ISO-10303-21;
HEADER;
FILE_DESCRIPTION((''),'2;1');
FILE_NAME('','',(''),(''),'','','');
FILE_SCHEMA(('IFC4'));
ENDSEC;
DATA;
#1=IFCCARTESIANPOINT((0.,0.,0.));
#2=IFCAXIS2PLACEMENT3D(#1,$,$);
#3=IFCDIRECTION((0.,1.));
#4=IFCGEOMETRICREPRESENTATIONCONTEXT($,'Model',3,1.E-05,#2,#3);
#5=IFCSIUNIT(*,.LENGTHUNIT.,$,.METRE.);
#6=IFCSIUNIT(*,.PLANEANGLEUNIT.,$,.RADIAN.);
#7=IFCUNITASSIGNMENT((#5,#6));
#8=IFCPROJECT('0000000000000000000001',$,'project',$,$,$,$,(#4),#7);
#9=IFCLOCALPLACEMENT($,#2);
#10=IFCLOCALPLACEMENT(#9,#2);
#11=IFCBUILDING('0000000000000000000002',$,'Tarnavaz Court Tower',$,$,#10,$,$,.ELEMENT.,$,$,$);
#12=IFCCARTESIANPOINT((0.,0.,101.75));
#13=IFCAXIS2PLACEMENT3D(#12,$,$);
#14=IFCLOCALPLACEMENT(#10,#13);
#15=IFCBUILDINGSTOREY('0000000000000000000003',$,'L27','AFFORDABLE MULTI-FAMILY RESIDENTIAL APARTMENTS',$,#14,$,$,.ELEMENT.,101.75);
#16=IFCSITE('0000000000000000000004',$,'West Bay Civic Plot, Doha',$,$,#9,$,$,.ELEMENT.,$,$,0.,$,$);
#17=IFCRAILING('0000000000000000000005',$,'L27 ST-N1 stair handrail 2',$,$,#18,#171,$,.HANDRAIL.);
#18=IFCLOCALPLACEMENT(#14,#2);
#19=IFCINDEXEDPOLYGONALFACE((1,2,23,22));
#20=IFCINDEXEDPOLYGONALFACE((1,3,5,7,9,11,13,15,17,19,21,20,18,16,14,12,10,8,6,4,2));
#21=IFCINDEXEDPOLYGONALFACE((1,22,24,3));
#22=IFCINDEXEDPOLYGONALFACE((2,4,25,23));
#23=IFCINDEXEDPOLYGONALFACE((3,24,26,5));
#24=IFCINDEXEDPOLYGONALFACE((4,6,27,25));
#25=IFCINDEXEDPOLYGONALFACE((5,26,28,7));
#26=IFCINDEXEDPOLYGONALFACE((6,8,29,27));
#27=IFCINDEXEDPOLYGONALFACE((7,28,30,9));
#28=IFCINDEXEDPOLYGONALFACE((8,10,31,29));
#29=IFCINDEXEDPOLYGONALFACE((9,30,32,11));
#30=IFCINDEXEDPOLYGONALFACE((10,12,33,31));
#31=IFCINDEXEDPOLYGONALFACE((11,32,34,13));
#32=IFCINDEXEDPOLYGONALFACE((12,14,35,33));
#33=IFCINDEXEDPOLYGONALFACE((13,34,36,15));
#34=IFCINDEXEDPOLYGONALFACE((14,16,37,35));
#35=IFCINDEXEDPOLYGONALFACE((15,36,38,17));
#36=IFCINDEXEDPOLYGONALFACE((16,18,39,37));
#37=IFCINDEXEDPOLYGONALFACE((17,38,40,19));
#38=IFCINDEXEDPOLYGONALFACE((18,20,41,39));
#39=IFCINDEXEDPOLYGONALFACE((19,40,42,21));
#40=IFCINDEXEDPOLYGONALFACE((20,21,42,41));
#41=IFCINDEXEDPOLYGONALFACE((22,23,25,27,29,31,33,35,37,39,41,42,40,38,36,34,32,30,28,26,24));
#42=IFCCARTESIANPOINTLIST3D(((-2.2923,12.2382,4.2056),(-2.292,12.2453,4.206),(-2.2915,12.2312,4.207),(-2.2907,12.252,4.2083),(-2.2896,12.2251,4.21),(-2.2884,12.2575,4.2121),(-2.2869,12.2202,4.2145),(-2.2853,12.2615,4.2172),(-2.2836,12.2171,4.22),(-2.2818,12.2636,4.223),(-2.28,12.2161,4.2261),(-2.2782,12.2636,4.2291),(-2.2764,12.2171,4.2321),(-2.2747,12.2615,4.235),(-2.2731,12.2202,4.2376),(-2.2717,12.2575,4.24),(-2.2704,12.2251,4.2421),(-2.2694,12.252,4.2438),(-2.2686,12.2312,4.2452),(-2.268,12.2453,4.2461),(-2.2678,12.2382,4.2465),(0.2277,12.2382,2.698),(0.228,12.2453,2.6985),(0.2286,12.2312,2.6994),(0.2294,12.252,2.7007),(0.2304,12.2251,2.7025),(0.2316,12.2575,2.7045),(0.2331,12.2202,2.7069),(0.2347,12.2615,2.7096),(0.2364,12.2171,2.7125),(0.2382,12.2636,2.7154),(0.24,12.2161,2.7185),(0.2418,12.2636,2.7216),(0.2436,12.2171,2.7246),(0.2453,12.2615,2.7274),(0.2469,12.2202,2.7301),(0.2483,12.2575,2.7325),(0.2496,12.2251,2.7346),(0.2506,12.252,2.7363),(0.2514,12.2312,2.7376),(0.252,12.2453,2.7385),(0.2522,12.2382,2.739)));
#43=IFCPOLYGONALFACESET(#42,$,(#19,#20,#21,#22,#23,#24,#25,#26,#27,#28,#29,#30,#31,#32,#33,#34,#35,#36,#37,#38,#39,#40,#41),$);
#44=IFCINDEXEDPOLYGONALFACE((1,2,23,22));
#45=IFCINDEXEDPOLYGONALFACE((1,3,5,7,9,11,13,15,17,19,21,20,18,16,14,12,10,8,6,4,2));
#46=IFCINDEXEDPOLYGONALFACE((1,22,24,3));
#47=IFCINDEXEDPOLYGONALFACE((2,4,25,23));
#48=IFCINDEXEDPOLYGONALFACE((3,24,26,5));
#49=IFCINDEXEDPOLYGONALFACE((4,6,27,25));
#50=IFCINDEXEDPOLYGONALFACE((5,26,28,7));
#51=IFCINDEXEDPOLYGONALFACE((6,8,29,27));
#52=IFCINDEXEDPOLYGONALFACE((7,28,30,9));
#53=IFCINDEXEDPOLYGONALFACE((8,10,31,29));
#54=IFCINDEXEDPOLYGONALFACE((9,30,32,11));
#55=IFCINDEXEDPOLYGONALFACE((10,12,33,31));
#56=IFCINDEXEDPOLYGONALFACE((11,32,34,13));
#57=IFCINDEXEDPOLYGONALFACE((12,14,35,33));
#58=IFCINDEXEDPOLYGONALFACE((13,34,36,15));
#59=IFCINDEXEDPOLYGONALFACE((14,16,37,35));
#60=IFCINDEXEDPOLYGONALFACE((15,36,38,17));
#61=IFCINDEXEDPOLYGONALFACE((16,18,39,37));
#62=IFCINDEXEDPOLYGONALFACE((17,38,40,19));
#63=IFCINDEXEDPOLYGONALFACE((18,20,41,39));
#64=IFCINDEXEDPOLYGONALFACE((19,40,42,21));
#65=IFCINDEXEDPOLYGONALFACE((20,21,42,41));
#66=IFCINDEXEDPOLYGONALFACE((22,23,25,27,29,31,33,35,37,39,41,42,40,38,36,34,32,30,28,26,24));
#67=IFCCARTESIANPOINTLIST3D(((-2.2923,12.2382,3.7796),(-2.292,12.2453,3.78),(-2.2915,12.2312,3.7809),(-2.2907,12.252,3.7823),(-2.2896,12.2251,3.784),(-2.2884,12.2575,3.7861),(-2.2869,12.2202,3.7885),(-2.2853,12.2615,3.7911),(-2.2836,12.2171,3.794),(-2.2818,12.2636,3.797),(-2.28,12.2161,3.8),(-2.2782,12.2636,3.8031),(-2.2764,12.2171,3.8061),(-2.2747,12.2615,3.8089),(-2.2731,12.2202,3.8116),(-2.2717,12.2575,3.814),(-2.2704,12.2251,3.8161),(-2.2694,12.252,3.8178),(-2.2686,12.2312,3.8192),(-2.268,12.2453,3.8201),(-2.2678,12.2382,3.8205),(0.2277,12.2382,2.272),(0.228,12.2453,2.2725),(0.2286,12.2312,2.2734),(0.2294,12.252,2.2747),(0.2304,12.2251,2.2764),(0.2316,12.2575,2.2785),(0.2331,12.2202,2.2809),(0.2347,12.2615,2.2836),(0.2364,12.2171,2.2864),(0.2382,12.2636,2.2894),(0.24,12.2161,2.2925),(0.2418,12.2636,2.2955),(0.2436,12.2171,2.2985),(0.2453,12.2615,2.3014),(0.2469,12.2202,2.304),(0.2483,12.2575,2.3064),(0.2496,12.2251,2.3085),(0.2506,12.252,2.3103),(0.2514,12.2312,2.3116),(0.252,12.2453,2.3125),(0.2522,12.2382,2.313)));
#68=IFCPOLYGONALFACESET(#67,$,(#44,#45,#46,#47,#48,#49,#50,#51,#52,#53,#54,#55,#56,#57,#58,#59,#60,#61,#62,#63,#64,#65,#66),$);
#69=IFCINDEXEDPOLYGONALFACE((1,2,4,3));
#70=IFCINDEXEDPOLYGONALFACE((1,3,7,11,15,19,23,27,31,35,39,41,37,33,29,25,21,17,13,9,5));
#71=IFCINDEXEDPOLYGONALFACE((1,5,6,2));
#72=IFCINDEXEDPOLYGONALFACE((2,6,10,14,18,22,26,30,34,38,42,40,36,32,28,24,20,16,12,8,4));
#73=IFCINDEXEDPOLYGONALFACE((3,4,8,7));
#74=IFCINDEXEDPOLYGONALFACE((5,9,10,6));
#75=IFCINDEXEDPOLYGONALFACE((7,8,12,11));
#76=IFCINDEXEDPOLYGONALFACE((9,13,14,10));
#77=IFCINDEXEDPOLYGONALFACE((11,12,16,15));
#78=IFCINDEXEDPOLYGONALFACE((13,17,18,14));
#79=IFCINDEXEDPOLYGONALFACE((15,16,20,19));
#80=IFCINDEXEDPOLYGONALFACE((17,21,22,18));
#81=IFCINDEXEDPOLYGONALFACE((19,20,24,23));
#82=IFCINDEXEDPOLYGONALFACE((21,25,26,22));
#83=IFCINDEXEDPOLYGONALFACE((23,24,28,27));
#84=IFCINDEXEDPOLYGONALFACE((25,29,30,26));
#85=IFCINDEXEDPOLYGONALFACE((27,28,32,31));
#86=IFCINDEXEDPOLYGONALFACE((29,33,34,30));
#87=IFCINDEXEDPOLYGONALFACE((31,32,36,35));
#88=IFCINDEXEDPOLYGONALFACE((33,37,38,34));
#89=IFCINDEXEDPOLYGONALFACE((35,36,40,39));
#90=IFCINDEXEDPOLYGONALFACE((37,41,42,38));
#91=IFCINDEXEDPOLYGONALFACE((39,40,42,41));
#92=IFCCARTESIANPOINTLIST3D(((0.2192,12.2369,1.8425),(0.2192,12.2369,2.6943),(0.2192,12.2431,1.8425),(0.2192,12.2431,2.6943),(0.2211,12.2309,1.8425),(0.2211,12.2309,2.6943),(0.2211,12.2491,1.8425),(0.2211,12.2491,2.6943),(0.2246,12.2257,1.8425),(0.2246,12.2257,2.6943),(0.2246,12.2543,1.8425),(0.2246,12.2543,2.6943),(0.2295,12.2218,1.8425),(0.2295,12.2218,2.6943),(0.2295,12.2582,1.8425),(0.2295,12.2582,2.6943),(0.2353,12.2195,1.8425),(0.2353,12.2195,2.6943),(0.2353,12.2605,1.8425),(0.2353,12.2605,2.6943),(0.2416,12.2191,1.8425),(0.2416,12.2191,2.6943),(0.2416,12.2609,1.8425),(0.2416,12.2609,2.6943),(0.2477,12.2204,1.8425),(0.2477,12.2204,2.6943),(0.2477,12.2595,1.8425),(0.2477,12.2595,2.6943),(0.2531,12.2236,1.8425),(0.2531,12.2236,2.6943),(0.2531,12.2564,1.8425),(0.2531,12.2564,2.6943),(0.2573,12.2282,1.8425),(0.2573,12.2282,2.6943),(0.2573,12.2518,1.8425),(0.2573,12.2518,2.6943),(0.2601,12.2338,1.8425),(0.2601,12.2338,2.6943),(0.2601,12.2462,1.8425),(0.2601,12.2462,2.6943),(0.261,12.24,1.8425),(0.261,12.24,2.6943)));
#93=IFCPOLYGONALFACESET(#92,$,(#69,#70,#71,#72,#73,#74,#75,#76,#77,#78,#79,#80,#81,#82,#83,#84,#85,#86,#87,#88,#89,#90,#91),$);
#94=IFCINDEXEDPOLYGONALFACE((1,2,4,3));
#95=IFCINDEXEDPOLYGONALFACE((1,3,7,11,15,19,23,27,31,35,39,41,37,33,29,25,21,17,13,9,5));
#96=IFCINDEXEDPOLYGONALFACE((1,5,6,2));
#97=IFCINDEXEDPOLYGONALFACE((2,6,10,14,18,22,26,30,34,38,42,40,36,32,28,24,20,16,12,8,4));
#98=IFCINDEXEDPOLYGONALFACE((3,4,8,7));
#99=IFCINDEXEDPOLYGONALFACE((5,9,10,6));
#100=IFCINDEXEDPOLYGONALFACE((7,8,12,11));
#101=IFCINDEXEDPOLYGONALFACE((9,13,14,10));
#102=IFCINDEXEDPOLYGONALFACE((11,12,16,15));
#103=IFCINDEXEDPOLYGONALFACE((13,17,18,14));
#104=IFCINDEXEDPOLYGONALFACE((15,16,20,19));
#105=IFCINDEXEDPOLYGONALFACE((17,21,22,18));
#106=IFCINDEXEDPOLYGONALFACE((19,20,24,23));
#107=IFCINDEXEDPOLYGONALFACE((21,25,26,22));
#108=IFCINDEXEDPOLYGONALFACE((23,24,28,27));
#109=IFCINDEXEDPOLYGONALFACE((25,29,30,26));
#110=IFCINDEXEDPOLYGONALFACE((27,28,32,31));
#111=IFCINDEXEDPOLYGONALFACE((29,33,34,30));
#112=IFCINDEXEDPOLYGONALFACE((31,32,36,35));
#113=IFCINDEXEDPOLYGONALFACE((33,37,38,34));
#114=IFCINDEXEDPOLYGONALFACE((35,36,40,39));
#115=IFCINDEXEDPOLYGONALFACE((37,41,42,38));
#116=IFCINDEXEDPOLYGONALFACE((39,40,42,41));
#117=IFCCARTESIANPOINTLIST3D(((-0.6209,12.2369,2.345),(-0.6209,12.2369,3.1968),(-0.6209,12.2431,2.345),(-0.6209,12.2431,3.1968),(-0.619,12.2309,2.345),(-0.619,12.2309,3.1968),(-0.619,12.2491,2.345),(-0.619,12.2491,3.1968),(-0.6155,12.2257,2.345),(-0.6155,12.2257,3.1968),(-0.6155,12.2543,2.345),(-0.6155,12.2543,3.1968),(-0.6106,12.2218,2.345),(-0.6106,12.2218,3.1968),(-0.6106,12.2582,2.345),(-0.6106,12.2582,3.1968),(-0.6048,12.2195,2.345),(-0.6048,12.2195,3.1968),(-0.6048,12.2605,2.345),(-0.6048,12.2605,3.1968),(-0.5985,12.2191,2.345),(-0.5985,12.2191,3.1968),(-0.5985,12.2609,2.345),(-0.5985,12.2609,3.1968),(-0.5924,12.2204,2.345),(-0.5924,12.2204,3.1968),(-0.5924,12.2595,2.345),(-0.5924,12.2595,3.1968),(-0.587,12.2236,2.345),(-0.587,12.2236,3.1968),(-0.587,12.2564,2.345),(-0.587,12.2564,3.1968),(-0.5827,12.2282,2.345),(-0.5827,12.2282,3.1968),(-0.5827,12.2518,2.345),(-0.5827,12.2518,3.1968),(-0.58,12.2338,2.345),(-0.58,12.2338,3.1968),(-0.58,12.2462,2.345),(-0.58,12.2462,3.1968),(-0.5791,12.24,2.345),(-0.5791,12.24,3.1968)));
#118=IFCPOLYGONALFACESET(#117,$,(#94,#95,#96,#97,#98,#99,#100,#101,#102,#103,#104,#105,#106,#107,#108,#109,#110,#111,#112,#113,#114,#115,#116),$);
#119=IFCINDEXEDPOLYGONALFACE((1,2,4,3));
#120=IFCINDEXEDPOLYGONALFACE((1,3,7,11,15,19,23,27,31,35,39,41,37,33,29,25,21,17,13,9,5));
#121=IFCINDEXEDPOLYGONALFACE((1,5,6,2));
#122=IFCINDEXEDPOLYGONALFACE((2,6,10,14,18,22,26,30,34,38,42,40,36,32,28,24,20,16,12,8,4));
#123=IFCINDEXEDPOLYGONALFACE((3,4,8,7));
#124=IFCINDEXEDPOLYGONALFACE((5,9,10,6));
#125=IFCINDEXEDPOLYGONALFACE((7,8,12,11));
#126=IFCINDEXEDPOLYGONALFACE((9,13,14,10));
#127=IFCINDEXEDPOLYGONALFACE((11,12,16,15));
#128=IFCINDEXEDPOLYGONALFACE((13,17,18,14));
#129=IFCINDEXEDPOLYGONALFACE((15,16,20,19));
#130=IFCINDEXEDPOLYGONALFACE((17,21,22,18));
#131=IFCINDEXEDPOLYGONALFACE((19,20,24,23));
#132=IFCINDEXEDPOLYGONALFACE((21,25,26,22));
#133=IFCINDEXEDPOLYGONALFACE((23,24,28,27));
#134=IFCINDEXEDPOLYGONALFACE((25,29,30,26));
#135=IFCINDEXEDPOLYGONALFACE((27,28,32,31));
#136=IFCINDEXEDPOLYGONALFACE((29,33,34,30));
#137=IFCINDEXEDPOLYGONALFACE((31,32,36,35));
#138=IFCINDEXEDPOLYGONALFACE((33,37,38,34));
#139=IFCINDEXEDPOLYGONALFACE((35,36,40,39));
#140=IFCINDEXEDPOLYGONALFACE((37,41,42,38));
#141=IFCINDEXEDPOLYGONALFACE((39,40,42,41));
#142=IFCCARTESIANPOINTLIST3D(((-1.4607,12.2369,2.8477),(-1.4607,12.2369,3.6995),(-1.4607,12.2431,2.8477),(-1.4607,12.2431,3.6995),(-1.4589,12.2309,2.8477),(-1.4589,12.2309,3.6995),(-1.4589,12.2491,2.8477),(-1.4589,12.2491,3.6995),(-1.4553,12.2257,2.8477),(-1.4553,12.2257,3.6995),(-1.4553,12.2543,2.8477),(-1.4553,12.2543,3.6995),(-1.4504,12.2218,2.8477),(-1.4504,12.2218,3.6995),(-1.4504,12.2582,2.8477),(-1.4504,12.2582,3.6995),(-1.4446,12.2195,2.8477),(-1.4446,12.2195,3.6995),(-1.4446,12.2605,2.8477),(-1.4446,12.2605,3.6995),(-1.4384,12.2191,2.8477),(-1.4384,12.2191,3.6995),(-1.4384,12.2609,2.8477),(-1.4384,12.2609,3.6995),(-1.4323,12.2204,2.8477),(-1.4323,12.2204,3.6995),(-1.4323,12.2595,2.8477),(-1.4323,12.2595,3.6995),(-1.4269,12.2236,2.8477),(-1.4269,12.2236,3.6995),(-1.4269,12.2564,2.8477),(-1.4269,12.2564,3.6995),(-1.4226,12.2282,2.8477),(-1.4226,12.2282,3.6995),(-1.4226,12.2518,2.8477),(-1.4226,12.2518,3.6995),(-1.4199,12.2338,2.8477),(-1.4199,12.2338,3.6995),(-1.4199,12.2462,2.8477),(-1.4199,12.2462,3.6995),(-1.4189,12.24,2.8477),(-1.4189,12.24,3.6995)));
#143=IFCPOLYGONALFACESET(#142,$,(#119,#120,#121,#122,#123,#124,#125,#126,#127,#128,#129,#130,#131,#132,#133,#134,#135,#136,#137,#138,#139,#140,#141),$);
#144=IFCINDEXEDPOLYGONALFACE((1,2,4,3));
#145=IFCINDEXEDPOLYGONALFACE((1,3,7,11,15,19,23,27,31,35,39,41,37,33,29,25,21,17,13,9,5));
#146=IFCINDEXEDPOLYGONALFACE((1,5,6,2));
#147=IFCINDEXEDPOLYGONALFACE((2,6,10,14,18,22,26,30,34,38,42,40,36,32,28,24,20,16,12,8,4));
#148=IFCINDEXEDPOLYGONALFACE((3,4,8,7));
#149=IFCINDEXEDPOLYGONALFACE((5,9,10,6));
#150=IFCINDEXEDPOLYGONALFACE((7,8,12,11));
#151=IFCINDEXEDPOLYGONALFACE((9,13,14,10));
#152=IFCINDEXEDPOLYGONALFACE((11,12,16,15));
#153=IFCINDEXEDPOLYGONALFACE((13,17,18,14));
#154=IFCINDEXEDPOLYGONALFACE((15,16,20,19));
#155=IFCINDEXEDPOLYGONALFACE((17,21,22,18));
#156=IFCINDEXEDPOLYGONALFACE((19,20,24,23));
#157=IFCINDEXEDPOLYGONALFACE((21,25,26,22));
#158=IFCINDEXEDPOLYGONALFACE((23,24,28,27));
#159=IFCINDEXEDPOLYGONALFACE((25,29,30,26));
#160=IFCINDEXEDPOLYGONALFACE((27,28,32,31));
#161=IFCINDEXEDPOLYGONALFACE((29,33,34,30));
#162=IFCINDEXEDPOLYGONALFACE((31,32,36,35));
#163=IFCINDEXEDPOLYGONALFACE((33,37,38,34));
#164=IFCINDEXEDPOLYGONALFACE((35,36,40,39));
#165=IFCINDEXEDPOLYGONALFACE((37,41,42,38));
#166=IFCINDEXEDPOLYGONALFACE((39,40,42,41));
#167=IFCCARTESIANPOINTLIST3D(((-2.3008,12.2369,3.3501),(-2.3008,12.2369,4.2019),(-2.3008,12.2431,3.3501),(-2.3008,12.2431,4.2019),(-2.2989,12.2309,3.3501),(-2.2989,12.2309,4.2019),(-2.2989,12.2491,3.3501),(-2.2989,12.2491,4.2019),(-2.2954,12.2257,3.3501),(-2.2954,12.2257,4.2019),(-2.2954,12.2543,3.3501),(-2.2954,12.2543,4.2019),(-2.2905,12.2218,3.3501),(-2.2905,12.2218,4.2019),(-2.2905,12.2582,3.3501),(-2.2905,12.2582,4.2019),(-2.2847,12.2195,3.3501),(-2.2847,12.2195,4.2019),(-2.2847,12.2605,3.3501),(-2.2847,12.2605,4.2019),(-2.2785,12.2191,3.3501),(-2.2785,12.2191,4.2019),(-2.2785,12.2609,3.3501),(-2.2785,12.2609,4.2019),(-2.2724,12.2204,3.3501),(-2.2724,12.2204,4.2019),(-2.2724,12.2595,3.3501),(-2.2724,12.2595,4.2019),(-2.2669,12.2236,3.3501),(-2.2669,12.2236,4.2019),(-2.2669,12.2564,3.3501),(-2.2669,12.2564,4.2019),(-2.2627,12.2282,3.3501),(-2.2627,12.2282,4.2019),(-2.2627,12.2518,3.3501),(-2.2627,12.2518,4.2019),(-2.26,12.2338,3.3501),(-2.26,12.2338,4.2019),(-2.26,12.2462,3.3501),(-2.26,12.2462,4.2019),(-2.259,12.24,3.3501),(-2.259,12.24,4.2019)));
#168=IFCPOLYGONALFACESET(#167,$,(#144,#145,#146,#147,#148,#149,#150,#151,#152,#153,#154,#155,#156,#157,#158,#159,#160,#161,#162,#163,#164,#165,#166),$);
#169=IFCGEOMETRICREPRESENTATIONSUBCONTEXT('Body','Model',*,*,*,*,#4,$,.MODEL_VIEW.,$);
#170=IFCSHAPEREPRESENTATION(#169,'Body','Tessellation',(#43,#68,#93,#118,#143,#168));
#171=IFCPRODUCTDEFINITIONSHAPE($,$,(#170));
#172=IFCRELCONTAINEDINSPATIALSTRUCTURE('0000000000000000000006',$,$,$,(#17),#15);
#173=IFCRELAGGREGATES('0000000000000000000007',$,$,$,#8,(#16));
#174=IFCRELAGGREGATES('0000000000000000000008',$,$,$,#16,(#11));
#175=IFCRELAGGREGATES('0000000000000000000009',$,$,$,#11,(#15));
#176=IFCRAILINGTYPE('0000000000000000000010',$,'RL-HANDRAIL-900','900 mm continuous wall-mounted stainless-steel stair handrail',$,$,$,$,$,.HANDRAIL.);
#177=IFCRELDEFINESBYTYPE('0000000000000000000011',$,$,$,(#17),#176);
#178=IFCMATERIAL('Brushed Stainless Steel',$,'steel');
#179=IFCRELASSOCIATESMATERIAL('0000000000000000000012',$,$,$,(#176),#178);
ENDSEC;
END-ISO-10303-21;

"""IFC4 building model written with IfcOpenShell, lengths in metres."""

from ifc_helpers import new_model, si_unit, direction, frame, origin, origin_2d, place, context, subcontext, project, spatial, circle, extrude, material, type_object, element, save


model = new_model("IFC4")

# Units and contexts
model_context = context("Model", 3, precision=1e-05, world=origin(), true_north=direction((0.0, 1.0)))
body_context = subcontext(model_context, "Body", "Model", "MODEL_VIEW")
ifc_project = project(units=[si_unit("LENGTHUNIT", "METRE"), si_unit("PLANEANGLEUNIT", "RADIAN")], contexts=[model_context])

# Site, building, storey
site_placement = place(None, origin())
site = spatial("IfcSite", under=ifc_project, at=site_placement, Name="West Bay Civic Plot, Doha", CompositionType="ELEMENT", RefElevation=0.0)
building_placement = place(site_placement, origin())
building = spatial("IfcBuilding", under=site, at=building_placement, Name="Tarnavaz Court Tower", CompositionType="ELEMENT")
storey_placement = place(building_placement, frame((0.0, 0.0, 101.75)))
storey = spatial("IfcBuildingStorey", under=building, at=storey_placement, Name="L27", Description="AFFORDABLE MULTI-FAMILY RESIDENTIAL APARTMENTS", CompositionType="ELEMENT", Elevation=101.75)

# Railing
ifc_material_1 = material(Name="Brushed Stainless Steel", Category="steel")
railing_type_1 = type_object("IfcRailingType", Name="RL-HANDRAIL-900", Description="900 mm continuous wall-mounted stainless-steel stair handrail", PredefinedType="HANDRAIL", material=ifc_material_1)
railing_1_placement = place(storey_placement, frame((0.24, 12.24, 1.8425)))
element("IfcRailing", 1, at=railing_1_placement, inside=storey, type_object=railing_type_1, Name="L27 ST-N1 stair handrail 2", PredefinedType="HANDRAIL", context=body_context, shape_type="SweptSolid", body=[
    extrude(circle(Radius=0.0239, at=origin_2d()), frame((0.0, 0.0, 0.876), z_axis=(-0.85816, 0.0, 0.513383), x_axis=(0.0, -1.0, 0.0)), (0.0, 0.0, 1.0), 2.9365),
    extrude(circle(Radius=0.0239, at=origin_2d()), frame((0.0, 0.0, 0.45), z_axis=(-0.85816, 0.0, 0.513383), x_axis=(0.0, -1.0, 0.0)), (0.0, 0.0, 1.0), 2.9365),
    extrude(circle(Radius=0.021, at=origin_2d()), origin(), (0.0, 0.0, 1.0), 0.8518),
    extrude(circle(Radius=0.021, at=origin_2d()), frame((-0.8401, 0.0, 0.5024)), (0.0, 0.0, 1.0), 0.8518),
    extrude(circle(Radius=0.021, at=origin_2d()), frame((-1.6799, 0.0, 1.0051)), (0.0, 0.0, 1.0), 0.8518),
    extrude(circle(Radius=0.021, at=origin_2d()), frame((-2.52, 0.0, 1.5076)), (0.0, 0.0, 1.0), 0.8518),
])

save(model, "model.ifc")
